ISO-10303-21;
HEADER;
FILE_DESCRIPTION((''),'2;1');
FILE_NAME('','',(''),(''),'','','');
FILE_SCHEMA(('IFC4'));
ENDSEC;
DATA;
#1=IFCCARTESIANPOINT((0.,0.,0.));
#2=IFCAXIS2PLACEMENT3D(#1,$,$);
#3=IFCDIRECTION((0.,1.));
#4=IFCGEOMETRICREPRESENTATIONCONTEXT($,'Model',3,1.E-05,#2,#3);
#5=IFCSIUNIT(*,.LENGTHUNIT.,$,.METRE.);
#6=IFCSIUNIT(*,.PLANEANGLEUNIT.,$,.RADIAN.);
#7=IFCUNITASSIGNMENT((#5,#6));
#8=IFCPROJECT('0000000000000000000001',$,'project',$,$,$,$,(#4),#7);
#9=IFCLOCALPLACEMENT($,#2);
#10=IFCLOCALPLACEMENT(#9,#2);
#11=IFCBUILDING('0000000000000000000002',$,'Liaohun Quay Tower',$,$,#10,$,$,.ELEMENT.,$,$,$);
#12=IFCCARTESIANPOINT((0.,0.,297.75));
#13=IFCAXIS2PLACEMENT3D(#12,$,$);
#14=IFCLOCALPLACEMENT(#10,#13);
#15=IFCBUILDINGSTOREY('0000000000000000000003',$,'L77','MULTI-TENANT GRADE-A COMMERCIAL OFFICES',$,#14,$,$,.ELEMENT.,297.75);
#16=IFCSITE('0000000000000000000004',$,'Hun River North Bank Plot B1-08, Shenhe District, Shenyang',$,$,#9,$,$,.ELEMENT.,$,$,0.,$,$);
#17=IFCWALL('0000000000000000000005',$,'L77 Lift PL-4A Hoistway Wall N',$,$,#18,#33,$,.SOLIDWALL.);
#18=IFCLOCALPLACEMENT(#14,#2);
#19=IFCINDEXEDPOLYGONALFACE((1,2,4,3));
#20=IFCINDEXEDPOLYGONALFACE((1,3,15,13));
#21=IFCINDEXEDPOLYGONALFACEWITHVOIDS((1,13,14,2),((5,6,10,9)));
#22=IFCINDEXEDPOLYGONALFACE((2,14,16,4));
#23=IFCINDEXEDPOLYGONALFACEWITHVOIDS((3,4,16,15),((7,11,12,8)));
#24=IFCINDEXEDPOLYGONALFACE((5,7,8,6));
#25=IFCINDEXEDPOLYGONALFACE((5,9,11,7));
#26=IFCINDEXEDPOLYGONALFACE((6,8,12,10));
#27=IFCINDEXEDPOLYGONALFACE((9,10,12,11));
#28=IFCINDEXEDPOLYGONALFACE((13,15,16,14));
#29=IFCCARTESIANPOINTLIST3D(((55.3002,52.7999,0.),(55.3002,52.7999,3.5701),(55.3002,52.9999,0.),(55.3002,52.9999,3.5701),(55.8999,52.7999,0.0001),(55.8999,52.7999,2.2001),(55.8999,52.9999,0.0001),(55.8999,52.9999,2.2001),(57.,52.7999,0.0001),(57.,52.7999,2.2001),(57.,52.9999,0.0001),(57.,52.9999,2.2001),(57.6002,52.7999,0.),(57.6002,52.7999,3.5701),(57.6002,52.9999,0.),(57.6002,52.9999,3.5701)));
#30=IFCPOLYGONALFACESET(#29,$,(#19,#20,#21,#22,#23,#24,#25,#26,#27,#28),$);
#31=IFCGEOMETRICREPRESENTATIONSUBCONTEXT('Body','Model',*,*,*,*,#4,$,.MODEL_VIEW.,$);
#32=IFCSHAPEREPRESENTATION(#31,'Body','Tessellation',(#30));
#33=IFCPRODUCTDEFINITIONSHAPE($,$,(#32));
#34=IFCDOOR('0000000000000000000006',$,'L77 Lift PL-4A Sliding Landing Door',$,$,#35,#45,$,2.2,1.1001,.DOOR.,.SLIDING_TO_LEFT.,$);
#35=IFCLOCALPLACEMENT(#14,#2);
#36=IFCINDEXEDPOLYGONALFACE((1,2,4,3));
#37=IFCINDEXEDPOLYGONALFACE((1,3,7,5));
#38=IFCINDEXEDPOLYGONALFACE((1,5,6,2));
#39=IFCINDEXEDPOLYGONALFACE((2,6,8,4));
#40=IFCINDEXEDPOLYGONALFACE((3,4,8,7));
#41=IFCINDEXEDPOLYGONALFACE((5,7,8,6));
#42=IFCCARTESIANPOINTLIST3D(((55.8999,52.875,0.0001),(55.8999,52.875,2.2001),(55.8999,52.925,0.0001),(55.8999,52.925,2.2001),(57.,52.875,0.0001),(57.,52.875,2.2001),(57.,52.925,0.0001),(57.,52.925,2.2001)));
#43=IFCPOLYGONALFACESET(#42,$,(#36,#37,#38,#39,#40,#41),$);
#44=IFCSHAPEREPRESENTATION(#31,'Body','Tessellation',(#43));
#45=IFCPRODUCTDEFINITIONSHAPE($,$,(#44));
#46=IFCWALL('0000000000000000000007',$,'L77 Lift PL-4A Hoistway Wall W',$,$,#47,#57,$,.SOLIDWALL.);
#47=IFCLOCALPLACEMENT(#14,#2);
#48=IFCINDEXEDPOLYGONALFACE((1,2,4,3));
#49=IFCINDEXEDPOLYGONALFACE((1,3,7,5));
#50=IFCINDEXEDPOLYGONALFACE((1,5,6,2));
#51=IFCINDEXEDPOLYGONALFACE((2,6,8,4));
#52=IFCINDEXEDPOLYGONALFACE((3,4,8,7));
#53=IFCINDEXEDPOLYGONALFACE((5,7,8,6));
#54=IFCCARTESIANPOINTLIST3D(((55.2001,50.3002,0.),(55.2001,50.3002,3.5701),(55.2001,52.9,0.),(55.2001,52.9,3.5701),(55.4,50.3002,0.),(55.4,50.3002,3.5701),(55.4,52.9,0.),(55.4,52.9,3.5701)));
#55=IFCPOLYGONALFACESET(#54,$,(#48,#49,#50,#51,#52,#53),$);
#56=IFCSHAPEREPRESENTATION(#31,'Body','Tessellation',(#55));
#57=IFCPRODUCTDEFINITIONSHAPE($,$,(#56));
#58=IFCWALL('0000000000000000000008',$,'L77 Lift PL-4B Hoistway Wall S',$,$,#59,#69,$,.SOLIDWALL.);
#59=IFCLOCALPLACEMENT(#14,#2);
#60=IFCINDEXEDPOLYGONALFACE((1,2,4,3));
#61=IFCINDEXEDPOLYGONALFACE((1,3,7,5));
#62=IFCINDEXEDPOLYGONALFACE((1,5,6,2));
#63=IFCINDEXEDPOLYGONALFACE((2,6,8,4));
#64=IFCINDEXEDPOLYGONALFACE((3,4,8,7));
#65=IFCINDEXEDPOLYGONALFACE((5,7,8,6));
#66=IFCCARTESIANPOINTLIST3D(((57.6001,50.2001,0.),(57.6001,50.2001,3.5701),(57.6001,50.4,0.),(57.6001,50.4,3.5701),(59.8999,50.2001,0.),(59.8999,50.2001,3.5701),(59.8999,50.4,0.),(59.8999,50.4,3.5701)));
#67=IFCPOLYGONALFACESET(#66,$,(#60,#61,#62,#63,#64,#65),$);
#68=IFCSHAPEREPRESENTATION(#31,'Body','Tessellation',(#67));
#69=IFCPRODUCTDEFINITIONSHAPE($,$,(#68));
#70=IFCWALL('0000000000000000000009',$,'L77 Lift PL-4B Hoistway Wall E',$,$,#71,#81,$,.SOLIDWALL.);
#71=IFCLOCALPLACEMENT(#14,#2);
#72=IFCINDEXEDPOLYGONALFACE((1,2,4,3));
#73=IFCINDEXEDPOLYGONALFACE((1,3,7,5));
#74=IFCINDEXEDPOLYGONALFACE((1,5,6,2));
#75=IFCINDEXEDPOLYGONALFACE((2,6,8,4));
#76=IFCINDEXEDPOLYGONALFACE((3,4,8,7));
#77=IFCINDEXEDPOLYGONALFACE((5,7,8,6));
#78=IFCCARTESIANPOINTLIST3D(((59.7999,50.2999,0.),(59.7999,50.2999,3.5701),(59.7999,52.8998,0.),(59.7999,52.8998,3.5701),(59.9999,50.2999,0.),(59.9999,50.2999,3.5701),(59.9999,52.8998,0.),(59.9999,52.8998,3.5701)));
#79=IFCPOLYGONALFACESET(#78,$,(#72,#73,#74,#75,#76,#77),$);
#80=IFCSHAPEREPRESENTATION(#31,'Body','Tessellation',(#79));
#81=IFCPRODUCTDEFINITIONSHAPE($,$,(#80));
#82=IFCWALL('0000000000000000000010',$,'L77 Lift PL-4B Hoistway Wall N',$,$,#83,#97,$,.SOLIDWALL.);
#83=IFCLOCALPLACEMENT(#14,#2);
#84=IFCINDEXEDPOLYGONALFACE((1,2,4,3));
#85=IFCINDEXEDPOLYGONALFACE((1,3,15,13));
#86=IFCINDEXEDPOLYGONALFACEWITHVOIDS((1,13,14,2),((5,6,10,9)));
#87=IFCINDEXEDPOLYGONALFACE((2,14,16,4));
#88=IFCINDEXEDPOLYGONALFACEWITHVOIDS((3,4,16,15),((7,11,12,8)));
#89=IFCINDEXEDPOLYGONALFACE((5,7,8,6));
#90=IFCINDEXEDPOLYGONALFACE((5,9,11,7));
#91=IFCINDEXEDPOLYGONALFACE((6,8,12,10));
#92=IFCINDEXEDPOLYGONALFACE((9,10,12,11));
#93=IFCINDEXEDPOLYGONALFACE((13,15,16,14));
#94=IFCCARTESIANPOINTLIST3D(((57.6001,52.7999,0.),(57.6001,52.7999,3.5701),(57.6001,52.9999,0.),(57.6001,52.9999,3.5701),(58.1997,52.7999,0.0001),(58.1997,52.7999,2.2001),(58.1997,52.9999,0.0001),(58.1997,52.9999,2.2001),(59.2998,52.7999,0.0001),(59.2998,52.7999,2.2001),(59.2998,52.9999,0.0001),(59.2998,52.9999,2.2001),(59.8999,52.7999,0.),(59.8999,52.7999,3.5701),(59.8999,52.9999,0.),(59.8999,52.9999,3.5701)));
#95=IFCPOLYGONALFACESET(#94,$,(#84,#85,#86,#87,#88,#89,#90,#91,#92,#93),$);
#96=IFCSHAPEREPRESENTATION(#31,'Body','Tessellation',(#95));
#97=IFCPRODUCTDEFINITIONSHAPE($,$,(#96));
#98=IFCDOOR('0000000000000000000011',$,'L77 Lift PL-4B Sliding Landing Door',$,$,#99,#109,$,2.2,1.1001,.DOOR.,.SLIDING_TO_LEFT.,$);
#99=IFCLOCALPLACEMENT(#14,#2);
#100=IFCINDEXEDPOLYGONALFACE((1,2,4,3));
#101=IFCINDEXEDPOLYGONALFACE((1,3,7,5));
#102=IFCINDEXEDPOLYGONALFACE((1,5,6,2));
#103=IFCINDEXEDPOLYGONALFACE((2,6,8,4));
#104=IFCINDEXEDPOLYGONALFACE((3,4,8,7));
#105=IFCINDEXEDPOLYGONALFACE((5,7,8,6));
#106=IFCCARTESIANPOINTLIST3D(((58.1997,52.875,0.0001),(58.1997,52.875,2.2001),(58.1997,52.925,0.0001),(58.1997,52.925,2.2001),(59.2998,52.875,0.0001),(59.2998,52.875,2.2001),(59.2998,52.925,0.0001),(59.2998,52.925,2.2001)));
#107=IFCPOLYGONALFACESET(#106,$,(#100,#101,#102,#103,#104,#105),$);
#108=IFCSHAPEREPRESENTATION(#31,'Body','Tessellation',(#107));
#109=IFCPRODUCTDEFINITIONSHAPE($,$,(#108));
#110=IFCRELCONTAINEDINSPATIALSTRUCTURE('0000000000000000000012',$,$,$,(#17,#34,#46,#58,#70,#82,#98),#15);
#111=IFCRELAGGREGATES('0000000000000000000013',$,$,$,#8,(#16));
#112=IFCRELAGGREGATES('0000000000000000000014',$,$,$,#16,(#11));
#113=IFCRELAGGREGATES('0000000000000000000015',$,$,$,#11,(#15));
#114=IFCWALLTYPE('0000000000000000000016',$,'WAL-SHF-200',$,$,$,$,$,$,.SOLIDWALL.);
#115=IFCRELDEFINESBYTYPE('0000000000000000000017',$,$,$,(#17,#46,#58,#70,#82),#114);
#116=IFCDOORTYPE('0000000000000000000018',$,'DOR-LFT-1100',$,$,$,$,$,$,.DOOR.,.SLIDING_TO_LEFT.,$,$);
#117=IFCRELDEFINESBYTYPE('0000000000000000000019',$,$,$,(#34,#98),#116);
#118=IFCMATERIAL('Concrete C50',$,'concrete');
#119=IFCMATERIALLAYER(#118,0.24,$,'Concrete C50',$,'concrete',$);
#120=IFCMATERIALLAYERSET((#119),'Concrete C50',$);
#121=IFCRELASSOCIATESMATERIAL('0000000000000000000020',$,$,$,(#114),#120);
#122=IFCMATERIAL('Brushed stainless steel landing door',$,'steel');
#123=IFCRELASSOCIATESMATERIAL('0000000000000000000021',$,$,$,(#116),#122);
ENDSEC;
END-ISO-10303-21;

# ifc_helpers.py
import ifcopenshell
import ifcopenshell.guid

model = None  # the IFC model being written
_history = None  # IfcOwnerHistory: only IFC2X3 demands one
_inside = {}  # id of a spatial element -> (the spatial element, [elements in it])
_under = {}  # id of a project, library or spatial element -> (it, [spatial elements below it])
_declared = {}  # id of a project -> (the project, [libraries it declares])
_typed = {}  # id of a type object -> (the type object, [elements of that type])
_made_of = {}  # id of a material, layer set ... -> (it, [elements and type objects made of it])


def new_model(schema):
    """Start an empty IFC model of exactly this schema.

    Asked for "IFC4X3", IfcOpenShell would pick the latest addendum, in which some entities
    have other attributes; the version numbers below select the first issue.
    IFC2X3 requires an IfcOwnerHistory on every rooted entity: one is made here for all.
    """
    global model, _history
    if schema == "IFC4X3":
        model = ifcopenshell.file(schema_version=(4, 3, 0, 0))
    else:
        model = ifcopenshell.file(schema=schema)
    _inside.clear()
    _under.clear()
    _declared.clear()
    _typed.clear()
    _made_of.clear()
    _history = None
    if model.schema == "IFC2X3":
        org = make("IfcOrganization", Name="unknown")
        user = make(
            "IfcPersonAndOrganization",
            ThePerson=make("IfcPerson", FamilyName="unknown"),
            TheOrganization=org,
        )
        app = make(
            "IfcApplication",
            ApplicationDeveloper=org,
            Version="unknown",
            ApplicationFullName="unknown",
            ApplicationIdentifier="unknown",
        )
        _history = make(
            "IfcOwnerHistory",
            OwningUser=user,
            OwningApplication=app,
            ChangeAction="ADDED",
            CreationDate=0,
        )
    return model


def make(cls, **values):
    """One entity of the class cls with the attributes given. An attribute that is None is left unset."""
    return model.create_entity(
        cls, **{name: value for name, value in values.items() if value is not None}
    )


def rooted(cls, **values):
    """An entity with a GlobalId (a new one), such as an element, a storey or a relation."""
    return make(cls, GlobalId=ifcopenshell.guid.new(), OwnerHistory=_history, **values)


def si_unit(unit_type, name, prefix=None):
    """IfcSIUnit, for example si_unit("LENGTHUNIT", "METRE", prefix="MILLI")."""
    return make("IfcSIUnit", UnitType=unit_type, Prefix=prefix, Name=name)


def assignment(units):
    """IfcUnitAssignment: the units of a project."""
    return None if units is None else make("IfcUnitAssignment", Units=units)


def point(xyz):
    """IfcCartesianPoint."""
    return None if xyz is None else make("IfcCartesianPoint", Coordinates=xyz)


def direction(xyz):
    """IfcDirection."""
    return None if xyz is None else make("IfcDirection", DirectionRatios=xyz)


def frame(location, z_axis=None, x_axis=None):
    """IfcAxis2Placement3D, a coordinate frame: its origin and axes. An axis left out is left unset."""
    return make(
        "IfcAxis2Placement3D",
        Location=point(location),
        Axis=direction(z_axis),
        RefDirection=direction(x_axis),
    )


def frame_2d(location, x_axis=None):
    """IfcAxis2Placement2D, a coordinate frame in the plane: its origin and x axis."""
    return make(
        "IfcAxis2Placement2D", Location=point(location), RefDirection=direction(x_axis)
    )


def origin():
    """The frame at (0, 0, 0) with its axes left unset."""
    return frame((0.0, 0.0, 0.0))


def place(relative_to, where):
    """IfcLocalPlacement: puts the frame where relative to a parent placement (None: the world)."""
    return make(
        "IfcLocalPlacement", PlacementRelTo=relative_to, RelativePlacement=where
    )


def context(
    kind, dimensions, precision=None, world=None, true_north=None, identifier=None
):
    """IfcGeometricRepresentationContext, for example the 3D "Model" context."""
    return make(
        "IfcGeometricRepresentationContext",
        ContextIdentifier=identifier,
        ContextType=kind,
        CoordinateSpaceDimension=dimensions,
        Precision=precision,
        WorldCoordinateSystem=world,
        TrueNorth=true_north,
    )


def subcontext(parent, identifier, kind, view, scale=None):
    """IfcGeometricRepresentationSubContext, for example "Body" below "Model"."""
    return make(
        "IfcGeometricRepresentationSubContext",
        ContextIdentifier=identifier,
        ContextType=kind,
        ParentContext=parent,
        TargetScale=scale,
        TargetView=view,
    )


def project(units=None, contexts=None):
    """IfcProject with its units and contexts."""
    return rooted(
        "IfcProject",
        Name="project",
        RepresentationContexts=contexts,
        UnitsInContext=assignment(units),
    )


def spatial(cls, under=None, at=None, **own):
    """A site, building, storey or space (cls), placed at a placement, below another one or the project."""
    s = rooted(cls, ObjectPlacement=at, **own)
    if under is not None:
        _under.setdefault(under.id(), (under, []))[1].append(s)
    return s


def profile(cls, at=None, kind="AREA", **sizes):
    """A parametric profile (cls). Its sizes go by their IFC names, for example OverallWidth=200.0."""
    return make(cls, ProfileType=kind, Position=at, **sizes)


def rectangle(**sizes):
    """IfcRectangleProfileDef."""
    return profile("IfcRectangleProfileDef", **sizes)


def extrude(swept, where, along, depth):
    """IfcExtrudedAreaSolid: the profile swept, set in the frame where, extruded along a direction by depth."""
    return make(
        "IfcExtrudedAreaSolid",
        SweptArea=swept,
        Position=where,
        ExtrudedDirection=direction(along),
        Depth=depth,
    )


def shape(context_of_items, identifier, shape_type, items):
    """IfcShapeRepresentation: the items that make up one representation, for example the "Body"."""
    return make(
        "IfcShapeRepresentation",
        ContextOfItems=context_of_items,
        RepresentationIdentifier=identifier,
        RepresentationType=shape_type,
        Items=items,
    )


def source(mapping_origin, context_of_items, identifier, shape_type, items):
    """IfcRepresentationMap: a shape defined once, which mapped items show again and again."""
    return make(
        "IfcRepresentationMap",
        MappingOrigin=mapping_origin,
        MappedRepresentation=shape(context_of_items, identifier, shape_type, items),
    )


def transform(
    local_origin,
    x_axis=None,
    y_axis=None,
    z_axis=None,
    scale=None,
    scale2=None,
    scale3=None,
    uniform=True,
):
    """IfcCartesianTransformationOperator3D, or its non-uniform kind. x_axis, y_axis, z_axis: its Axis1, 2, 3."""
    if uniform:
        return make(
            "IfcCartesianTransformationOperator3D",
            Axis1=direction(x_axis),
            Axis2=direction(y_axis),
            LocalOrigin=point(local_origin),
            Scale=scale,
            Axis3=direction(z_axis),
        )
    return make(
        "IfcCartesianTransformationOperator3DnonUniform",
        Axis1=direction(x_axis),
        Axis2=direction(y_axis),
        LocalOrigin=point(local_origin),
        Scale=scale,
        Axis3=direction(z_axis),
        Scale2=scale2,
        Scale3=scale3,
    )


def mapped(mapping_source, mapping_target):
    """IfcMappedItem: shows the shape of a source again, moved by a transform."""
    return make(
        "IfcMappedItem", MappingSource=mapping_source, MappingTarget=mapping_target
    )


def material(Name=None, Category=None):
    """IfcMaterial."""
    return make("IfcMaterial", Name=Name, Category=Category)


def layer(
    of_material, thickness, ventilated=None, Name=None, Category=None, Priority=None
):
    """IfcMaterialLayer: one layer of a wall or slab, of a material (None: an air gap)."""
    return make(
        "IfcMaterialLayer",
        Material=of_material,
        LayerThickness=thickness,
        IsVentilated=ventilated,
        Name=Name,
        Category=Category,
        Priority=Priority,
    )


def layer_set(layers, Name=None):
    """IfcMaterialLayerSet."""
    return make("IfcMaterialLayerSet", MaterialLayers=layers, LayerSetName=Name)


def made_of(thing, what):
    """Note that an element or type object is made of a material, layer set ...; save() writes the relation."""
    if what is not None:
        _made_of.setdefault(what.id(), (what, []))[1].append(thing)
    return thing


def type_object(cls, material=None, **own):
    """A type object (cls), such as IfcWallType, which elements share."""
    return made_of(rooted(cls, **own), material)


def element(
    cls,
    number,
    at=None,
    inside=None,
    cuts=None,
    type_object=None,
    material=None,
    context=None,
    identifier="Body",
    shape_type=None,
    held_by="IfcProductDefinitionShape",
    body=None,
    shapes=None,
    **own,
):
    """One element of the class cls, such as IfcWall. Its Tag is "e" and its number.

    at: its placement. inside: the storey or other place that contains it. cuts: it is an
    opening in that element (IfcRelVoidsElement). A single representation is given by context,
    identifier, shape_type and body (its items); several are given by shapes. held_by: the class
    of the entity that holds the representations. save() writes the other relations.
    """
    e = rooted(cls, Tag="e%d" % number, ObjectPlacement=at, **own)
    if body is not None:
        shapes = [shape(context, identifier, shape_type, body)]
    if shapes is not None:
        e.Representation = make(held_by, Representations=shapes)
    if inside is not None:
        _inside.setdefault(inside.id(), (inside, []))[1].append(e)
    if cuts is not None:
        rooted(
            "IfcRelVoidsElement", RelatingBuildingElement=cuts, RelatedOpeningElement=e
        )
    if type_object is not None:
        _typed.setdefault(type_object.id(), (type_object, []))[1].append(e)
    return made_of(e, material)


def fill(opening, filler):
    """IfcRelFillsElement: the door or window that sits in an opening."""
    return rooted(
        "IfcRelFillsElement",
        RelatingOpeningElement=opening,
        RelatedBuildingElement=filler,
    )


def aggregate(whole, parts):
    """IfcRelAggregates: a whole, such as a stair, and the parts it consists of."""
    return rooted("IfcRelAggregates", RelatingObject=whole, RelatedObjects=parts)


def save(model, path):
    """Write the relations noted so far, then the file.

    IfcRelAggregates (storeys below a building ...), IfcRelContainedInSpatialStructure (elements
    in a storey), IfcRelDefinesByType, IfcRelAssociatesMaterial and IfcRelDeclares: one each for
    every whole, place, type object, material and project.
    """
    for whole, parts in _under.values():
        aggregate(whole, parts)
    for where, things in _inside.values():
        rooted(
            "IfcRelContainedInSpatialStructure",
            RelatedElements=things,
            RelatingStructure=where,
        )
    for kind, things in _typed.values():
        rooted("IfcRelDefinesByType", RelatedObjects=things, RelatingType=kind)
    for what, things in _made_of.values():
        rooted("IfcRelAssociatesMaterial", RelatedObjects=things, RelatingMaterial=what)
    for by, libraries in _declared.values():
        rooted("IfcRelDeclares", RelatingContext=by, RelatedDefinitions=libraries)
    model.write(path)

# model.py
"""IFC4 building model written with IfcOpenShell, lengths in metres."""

from ifc_helpers import new_model, si_unit, direction, frame, frame_2d, origin, place, context, subcontext, project, spatial, rectangle, extrude, source, transform, mapped, material, layer, layer_set, type_object, element, fill, save


model = new_model("IFC4")

# Units and contexts
model_context = context("Model", 3, precision=1e-05, world=origin(), true_north=direction((0.0, 1.0)))
body_context = subcontext(model_context, "Body", "Model", "MODEL_VIEW")
ifc_project = project(units=[si_unit("LENGTHUNIT", "METRE"), si_unit("PLANEANGLEUNIT", "RADIAN")], contexts=[model_context])

# Site, building, storey
site_placement = place(None, origin())
site = spatial("IfcSite", under=ifc_project, at=site_placement, Name="Hun River North Bank Plot B1-08, Shenhe District, Shenyang", CompositionType="ELEMENT", RefElevation=0.0)
building_placement = place(site_placement, origin())
building = spatial("IfcBuilding", under=site, at=building_placement, Name="Liaohun Quay Tower", CompositionType="ELEMENT")
storey_placement = place(building_placement, frame((0.0, 0.0, 297.75)))
storey = spatial("IfcBuildingStorey", under=building, at=storey_placement, Name="L77", Description="MULTI-TENANT GRADE-A COMMERCIAL OFFICES", CompositionType="ELEMENT", Elevation=297.75)

# Shared definitions
ifc_material_1 = material(Name="Concrete C50", Category="concrete")

# Shared definitions
ifc_layer_1 = layer(ifc_material_1, 0.24, Name="Concrete C50", Category="concrete")
ifc_layer_set_1 = layer_set([ifc_layer_1], Name="Concrete C50")
wall_type_1 = type_object("IfcWallType", Name="WAL-SHF-200", PredefinedType="SOLIDWALL", material=ifc_layer_set_1)

# Wall, opening, door
wall_1_placement = place(storey_placement, frame((57.6001, 52.8999, 0.0), z_axis=(0.0, 0.0, 1.0), x_axis=(-1.0, 0.0, 0.0)))
wall_1 = element("IfcWall", 1, at=wall_1_placement, inside=storey, type_object=wall_type_1, Name="L77 Lift PL-4A Hoistway Wall N", PredefinedType="SOLIDWALL", context=body_context, shape_type="SweptSolid", body=[
    extrude(rectangle(XDim=2.3, YDim=0.2, at=frame_2d((1.1499, 0.0))), origin(), (0.0, 0.0, 1.0), 3.5701),
])
shared_shape_1 = source(origin(), body_context, "Body", "SweptSolid", [
    extrude(rectangle(XDim=1.1001, YDim=2.2, at=frame_2d((0.55, 1.1001))), frame((0.0, 0.1099, 0.0), z_axis=(0.0, -1.0, 0.0), x_axis=(1.0, 0.0, 0.0)), (0.0, 0.0, 1.0), 0.22),
])
opening_1_placement = place(wall_1_placement, frame((0.6001, 0.0, 0.0)))
opening_1 = element("IfcOpeningElement", 2, at=opening_1_placement, cuts=wall_1, PredefinedType="OPENING", context=body_context, shape_type="MappedRepresentation", body=[
    mapped(shared_shape_1, transform((0.0, 0.0, 0.0), x_axis=(1.0, 0.0, 0.0), y_axis=(0.0, 1.0, 0.0), z_axis=(0.0, 0.0, 1.0), scale=1.0)),
])
ifc_material_2 = material(Name="Brushed stainless steel landing door", Category="steel")
door_type_1 = type_object("IfcDoorType", Name="DOR-LFT-1100", OperationType="SLIDING_TO_LEFT", PredefinedType="DOOR", material=ifc_material_2)
shared_shape_2 = source(origin(), body_context, "Body", "SweptSolid", [
    extrude(rectangle(XDim=1.1001, YDim=2.2, at=frame_2d((0.55, 1.1001))), frame((0.0, 0.0249, 0.0), z_axis=(0.0, -1.0, 0.0), x_axis=(1.0, 0.0, 0.0)), (0.0, 0.0, 1.0), 0.05),
])
door_1_placement = place(opening_1_placement, origin())
door_1 = element("IfcDoor", 3, at=door_1_placement, inside=storey, type_object=door_type_1, Name="L77 Lift PL-4A Sliding Landing Door", OperationType="SLIDING_TO_LEFT", OverallHeight=2.2, OverallWidth=1.1001, PredefinedType="DOOR", context=body_context, shape_type="MappedRepresentation", body=[
    mapped(shared_shape_2, transform((0.0, 0.0, 0.0), x_axis=(1.0, 0.0, 0.0), y_axis=(0.0, 1.0, 0.0), z_axis=(0.0, 0.0, 1.0), scale=1.0)),
])
fill(opening_1, door_1)

# Walls
wall_2_placement = place(storey_placement, frame((55.3, 52.8999, 0.0), z_axis=(0.0, 0.0, 1.0), x_axis=(0.0, -1.0, 0.0)))
element("IfcWall", 4, at=wall_2_placement, inside=storey, type_object=wall_type_1, Name="L77 Lift PL-4A Hoistway Wall W", PredefinedType="SOLIDWALL", context=body_context, shape_type="SweptSolid", body=[
    extrude(rectangle(XDim=2.5999, YDim=0.2, at=frame_2d((1.2998, 0.0))), origin(), (0.0, 0.0, 1.0), 3.5701),
])
wall_3_placement = place(storey_placement, frame((57.6001, 50.3, 0.0), z_axis=(0.0, 0.0, 1.0), x_axis=(1.0, 0.0, 0.0)))
element("IfcWall", 5, at=wall_3_placement, inside=storey, type_object=wall_type_1, Name="L77 Lift PL-4B Hoistway Wall S", PredefinedType="SOLIDWALL", context=body_context, shape_type="SweptSolid", body=[
    extrude(rectangle(XDim=2.2998, YDim=0.2, at=frame_2d((1.1499, 0.0))), origin(), (0.0, 0.0, 1.0), 3.5701),
])
wall_4_placement = place(storey_placement, frame((59.8999, 50.3, 0.0), z_axis=(0.0, 0.0, 1.0), x_axis=(0.0, 1.0, 0.0)))
element("IfcWall", 6, at=wall_4_placement, inside=storey, type_object=wall_type_1, Name="L77 Lift PL-4B Hoistway Wall E", PredefinedType="SOLIDWALL", context=body_context, shape_type="SweptSolid", body=[
    extrude(rectangle(XDim=2.5999, YDim=0.2, at=frame_2d((1.2998, 0.0))), origin(), (0.0, 0.0, 1.0), 3.5701),
])

# Wall, opening, door
wall_5_placement = place(storey_placement, frame((59.8999, 52.8999, 0.0), z_axis=(0.0, 0.0, 1.0), x_axis=(-1.0, 0.0, 0.0)))
wall_5 = element("IfcWall", 7, at=wall_5_placement, inside=storey, type_object=wall_type_1, Name="L77 Lift PL-4B Hoistway Wall N", PredefinedType="SOLIDWALL", context=body_context, shape_type="SweptSolid", body=[
    extrude(rectangle(XDim=2.2998, YDim=0.2, at=frame_2d((1.1499, 0.0))), origin(), (0.0, 0.0, 1.0), 3.5701),
])
opening_2_placement = place(wall_5_placement, frame((0.6001, 0.0, 0.0)))
opening_2 = element("IfcOpeningElement", 8, at=opening_2_placement, cuts=wall_5, PredefinedType="OPENING", context=body_context, shape_type="MappedRepresentation", body=[
    mapped(shared_shape_1, transform((0.0, 0.0, 0.0), x_axis=(1.0, 0.0, 0.0), y_axis=(0.0, 1.0, 0.0), z_axis=(0.0, 0.0, 1.0), scale=1.0)),
])
door_2_placement = place(opening_2_placement, origin())
door_2 = element("IfcDoor", 9, at=door_2_placement, inside=storey, type_object=door_type_1, Name="L77 Lift PL-4B Sliding Landing Door", OperationType="SLIDING_TO_LEFT", OverallHeight=2.2, OverallWidth=1.1001, PredefinedType="DOOR", context=body_context, shape_type="MappedRepresentation", body=[
    mapped(shared_shape_2, transform((0.0, 0.0, 0.0), x_axis=(1.0, 0.0, 0.0), y_axis=(0.0, 1.0, 0.0), z_axis=(0.0, 0.0, 1.0), scale=1.0)),
])
fill(opening_2, door_2)

save(model, "model.ifc")
